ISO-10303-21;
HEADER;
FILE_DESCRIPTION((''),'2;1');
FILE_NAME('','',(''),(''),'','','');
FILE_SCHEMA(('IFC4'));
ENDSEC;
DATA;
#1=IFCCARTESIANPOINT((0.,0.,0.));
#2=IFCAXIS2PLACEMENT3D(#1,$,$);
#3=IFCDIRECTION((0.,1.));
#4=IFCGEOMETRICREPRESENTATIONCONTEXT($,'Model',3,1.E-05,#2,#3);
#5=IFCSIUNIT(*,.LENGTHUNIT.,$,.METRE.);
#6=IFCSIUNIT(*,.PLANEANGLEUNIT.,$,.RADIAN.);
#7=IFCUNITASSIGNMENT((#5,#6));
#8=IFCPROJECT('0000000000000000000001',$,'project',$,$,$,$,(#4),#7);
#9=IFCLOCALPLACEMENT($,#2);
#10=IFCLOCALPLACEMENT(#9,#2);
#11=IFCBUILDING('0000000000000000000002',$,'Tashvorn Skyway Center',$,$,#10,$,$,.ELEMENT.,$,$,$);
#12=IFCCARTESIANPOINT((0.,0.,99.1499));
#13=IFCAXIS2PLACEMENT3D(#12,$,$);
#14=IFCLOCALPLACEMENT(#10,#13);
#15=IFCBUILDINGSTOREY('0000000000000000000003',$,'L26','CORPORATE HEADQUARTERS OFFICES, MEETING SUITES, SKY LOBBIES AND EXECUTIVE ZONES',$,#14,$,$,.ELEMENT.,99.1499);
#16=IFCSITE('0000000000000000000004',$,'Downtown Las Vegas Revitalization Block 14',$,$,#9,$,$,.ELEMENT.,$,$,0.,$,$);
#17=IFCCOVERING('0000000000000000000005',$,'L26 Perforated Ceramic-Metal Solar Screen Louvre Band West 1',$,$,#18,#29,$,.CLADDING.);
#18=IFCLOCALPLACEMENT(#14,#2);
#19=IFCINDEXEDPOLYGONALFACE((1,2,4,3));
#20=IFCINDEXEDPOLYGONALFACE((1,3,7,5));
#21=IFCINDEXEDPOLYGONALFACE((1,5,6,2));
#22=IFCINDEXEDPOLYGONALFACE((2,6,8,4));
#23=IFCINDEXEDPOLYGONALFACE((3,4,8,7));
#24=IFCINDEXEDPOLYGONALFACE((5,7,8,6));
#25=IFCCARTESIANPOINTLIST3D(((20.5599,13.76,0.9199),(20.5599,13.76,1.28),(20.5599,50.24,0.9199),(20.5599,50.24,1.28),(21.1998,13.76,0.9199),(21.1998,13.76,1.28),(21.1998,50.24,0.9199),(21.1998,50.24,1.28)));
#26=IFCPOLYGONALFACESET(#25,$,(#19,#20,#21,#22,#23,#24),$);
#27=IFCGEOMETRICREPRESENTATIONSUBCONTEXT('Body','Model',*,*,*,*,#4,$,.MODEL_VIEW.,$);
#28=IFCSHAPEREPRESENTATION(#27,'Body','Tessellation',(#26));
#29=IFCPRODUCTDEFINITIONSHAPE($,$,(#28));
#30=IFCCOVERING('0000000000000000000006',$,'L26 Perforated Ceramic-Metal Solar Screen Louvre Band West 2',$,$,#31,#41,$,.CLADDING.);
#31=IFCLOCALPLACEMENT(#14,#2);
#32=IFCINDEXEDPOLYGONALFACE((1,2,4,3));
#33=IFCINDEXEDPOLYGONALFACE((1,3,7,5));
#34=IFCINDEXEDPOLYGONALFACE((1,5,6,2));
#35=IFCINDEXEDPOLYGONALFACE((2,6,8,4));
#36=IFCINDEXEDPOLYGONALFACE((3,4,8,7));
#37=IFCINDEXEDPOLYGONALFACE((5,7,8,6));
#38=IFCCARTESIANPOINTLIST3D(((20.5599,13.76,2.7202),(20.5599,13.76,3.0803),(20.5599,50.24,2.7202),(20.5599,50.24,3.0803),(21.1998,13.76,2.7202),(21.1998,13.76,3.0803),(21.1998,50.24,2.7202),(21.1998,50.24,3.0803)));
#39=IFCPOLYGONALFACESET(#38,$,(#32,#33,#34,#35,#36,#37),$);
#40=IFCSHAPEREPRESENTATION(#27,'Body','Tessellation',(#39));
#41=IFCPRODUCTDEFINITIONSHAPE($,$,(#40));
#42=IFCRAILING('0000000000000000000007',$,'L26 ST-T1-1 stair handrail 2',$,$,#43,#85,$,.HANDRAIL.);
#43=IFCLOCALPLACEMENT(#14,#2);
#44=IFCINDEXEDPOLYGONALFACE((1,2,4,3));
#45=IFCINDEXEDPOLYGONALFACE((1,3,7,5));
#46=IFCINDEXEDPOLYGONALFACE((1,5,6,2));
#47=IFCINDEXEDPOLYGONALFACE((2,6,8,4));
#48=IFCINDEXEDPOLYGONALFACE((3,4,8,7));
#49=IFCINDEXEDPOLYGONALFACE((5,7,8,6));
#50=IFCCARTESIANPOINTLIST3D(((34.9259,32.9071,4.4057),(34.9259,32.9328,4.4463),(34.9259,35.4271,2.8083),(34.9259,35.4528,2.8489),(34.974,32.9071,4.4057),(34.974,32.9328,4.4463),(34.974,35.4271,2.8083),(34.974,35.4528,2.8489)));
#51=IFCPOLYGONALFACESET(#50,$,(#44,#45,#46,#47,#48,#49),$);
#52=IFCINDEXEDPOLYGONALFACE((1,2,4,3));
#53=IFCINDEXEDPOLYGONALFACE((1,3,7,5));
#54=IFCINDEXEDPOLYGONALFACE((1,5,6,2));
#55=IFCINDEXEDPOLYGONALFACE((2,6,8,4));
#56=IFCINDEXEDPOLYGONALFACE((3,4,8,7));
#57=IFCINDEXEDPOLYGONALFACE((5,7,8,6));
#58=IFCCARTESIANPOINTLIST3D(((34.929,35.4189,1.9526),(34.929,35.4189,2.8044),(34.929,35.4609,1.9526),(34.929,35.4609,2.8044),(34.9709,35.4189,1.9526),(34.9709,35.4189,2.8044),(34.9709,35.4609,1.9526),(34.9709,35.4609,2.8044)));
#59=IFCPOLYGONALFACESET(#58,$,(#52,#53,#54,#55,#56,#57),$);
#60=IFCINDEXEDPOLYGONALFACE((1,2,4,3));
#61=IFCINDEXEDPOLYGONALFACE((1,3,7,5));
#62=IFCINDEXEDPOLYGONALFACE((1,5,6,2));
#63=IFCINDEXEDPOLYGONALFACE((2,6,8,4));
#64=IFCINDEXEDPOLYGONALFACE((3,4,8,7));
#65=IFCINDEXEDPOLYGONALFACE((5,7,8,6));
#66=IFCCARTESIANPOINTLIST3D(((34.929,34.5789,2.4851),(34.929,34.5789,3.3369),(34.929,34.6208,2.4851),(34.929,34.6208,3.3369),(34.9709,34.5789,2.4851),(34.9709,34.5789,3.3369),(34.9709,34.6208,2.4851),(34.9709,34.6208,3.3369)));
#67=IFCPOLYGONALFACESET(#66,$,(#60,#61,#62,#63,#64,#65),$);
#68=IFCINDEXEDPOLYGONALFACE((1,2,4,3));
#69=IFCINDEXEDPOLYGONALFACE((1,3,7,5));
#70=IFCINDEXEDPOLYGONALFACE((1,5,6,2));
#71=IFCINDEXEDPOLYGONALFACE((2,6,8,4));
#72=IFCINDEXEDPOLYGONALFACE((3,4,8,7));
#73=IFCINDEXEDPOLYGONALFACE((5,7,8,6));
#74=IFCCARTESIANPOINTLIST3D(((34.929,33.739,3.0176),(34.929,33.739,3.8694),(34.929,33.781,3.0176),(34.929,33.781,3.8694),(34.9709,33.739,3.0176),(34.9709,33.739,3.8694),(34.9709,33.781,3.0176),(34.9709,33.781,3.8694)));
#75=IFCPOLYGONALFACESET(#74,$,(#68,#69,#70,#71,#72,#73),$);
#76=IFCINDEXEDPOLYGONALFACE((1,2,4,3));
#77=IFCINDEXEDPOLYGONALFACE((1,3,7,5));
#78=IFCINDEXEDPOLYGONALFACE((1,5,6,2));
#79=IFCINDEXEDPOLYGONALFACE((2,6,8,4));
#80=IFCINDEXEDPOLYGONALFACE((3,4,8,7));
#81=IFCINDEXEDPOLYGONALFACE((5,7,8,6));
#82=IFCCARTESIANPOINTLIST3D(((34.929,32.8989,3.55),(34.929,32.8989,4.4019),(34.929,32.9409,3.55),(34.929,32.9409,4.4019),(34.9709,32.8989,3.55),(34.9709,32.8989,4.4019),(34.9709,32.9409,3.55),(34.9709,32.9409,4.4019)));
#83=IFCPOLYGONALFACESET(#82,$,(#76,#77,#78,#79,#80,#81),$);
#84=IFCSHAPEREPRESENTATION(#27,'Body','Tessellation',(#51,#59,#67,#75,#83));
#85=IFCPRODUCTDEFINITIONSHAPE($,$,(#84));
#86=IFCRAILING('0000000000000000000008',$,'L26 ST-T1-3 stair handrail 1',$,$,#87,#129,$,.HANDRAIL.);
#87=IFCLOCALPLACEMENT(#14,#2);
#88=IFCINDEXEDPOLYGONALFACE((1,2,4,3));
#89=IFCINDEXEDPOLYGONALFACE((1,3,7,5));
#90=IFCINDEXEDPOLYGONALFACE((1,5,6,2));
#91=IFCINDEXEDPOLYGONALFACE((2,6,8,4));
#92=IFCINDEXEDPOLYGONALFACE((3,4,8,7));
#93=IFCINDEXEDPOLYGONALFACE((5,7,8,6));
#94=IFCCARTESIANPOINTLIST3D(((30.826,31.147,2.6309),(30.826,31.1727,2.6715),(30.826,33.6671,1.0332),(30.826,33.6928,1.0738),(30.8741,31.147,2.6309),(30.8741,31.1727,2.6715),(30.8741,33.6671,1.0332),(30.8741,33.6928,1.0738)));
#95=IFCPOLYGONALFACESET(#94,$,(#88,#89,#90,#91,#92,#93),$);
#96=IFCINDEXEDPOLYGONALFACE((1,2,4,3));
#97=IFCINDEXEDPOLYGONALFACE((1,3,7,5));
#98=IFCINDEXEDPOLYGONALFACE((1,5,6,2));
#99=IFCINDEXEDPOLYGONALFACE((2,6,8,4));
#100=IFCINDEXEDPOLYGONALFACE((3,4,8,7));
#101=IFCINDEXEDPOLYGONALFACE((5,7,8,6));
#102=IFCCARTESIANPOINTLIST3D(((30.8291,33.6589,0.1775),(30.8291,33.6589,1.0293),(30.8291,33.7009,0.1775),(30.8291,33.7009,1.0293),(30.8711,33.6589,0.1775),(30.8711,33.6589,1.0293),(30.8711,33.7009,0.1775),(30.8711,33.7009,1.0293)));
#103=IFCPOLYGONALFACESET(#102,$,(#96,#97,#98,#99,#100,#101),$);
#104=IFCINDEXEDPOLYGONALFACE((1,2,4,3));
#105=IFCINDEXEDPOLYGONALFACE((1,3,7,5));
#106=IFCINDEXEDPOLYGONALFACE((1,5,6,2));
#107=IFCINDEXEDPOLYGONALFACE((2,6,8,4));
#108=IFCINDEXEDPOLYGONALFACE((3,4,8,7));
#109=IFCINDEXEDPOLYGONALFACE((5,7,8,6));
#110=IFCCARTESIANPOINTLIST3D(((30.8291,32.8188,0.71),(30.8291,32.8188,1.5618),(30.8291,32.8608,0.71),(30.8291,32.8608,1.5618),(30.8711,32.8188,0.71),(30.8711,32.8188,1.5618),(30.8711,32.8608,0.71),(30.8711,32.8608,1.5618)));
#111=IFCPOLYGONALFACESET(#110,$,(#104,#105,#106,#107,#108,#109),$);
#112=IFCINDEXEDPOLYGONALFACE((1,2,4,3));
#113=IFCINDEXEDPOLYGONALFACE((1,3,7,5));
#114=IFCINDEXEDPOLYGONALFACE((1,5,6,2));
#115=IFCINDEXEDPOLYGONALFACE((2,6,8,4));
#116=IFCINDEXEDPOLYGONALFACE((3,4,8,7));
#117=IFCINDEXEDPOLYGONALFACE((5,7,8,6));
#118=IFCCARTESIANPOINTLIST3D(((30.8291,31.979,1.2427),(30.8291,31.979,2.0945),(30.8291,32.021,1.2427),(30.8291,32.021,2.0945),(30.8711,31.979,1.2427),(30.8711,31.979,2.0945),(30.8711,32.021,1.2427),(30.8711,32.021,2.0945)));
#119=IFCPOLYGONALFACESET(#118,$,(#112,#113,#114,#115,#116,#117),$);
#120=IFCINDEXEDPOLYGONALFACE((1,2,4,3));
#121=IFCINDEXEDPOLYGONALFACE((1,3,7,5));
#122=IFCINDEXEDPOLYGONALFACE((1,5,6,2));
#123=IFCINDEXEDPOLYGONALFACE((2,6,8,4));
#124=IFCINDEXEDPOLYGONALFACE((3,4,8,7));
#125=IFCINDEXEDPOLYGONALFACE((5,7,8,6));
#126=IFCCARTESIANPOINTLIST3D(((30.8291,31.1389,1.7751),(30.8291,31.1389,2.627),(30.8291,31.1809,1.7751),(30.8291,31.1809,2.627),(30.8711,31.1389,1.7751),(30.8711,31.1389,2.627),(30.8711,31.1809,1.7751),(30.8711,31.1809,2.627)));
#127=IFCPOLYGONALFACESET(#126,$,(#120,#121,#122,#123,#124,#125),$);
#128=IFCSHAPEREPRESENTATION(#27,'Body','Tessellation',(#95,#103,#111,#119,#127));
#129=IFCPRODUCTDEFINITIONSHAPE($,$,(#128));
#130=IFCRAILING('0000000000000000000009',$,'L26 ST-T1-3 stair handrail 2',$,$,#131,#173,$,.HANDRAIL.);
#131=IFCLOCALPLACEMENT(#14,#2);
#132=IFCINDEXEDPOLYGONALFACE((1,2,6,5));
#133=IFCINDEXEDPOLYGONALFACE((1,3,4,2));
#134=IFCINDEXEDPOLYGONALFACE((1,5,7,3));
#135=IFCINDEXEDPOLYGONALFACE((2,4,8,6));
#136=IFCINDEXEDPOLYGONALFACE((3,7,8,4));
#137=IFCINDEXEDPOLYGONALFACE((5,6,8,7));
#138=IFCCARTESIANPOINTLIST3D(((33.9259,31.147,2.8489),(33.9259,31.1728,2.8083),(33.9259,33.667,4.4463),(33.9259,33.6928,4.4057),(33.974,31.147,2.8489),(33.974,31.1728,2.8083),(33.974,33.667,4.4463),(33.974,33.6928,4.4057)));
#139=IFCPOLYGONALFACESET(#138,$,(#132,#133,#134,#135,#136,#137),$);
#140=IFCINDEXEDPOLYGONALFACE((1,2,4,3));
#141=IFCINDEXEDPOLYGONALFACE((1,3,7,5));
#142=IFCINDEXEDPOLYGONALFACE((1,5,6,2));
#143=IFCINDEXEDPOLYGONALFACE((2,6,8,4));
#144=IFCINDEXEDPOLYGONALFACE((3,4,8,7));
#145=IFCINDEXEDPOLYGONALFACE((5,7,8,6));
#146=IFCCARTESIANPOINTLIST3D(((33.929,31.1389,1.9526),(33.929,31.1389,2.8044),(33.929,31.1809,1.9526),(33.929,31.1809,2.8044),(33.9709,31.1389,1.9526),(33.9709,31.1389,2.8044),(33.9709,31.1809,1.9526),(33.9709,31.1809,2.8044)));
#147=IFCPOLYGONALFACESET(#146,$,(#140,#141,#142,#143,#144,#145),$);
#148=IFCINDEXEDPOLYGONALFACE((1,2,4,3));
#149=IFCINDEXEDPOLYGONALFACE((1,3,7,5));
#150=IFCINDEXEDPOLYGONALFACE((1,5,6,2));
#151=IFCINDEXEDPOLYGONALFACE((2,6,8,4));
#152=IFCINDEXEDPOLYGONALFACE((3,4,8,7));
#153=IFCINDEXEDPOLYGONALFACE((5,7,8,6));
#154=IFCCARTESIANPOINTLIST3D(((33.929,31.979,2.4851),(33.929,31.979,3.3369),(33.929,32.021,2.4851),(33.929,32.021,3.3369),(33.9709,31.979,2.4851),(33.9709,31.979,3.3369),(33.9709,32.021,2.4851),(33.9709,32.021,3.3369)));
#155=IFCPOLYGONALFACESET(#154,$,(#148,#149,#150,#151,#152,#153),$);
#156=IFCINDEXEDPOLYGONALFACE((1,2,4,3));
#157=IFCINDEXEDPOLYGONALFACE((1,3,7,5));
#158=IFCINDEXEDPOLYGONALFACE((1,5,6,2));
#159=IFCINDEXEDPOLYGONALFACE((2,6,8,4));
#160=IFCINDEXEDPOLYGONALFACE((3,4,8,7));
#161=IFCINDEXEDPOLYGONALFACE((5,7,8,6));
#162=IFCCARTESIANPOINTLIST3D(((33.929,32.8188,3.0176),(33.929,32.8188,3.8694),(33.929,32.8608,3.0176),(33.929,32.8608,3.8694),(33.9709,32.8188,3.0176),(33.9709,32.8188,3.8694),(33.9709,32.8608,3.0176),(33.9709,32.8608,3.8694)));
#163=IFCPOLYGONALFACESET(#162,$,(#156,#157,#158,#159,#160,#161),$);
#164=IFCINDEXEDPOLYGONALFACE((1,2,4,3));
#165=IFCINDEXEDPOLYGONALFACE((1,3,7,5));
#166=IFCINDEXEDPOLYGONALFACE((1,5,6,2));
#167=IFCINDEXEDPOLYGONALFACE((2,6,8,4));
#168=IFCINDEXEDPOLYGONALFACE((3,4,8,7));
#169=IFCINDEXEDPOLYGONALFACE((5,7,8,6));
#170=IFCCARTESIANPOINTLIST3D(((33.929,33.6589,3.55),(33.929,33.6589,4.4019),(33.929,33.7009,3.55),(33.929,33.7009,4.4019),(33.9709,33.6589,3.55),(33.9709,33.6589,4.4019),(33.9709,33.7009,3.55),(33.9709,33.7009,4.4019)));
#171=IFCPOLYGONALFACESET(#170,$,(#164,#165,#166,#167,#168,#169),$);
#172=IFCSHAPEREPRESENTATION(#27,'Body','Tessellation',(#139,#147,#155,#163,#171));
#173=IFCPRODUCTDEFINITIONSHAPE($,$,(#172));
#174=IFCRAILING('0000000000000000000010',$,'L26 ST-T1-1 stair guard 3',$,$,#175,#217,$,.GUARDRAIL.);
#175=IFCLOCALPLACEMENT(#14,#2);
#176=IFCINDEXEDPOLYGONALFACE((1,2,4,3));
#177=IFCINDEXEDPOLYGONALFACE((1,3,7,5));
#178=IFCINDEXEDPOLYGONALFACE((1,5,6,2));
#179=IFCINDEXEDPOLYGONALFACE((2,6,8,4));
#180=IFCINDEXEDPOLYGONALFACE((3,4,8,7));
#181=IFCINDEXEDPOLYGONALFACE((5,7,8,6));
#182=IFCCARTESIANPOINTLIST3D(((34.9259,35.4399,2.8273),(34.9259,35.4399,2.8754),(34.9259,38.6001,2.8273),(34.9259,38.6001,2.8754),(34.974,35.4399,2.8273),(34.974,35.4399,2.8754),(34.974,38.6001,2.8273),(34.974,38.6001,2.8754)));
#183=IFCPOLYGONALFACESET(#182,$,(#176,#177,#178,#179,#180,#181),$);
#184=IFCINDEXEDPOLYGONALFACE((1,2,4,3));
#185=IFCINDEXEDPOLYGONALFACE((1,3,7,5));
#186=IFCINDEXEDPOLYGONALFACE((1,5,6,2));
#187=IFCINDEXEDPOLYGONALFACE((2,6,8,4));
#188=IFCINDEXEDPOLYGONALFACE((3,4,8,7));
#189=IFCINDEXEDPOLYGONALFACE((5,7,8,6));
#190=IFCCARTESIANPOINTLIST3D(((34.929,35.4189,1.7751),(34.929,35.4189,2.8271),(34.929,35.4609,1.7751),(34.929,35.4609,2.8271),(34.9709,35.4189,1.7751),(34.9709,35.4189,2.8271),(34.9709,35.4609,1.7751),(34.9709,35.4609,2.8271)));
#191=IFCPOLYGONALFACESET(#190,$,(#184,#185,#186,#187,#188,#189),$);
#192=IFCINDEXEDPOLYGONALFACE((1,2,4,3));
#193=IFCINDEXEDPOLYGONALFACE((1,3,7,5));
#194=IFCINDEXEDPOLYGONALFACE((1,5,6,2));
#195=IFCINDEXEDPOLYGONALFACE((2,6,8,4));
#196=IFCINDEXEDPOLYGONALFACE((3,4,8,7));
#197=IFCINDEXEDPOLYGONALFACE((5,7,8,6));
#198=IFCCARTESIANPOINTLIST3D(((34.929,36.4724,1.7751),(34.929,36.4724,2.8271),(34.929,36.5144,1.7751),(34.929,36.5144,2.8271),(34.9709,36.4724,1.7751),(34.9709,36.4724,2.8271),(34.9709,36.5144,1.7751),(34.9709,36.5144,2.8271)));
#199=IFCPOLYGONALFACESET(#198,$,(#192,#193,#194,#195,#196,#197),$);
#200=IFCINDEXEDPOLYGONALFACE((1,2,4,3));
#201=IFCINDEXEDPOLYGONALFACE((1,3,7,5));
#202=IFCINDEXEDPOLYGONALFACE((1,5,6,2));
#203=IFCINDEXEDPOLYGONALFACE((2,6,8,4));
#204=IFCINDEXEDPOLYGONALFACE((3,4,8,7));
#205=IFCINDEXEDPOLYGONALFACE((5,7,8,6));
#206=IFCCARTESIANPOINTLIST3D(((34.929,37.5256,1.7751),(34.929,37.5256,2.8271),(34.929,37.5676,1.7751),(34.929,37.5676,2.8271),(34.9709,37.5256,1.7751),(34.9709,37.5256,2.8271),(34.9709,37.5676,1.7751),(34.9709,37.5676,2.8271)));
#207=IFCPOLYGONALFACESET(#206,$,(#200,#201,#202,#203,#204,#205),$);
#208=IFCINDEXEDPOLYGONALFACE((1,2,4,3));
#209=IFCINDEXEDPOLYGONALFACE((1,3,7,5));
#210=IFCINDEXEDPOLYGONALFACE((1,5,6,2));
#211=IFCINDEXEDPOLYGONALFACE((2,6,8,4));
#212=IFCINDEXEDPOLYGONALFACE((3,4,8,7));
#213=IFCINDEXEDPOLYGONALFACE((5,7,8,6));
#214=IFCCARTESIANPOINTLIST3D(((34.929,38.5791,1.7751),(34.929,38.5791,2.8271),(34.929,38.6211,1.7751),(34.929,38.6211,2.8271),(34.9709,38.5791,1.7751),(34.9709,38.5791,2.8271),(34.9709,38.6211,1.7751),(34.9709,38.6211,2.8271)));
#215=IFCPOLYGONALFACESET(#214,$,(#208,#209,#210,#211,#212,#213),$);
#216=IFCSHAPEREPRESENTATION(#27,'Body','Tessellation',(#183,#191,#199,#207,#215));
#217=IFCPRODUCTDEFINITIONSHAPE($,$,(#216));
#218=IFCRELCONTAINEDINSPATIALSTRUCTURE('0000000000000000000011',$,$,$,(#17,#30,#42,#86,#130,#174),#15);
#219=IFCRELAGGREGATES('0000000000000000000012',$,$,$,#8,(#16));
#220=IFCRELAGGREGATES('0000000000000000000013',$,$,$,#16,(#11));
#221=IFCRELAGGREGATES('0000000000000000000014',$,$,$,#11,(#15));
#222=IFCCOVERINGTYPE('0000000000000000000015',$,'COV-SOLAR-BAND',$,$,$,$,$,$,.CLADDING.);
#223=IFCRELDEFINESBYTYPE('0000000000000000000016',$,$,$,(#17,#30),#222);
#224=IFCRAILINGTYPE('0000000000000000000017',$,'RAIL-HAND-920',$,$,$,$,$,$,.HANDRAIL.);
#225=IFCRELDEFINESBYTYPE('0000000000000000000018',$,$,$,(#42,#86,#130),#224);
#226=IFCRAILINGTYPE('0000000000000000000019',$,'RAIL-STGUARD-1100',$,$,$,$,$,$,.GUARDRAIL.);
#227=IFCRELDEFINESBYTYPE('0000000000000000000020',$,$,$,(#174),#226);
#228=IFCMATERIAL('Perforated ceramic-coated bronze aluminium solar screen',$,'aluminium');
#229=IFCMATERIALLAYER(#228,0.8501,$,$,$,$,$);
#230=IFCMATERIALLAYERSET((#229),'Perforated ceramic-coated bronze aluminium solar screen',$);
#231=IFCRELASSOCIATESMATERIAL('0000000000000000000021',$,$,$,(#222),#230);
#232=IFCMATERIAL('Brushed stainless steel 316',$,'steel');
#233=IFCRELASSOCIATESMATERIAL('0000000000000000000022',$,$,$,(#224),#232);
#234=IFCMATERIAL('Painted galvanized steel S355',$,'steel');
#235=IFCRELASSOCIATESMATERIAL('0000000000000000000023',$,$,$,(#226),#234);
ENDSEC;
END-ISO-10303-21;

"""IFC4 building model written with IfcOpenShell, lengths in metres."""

from ifc_helpers import new_model, si_unit, direction, frame, origin, origin_2d, place, context, subcontext, project, spatial, rectangle, extrude, material, layer, layer_set, type_object, element, save


model = new_model("IFC4")

# Units and contexts
model_context = context("Model", 3, precision=1e-05, world=origin(), true_north=direction((0.0, 1.0)))
body_context = subcontext(model_context, "Body", "Model", "MODEL_VIEW")
ifc_project = project(units=[si_unit("LENGTHUNIT", "METRE"), si_unit("PLANEANGLEUNIT", "RADIAN")], contexts=[model_context])

# Site, building, storey
site_placement = place(None, origin())
site = spatial("IfcSite", under=ifc_project, at=site_placement, Name="Downtown Las Vegas Revitalization Block 14", CompositionType="ELEMENT", RefElevation=0.0)
building_placement = place(site_placement, origin())
building = spatial("IfcBuilding", under=site, at=building_placement, Name="Tashvorn Skyway Center", CompositionType="ELEMENT")
storey_placement = place(building_placement, frame((0.0, 0.0, 99.1499)))
storey = spatial("IfcBuildingStorey", under=building, at=storey_placement, Name="L26", Description="CORPORATE HEADQUARTERS OFFICES, MEETING SUITES, SKY LOBBIES AND EXECUTIVE ZONES", CompositionType="ELEMENT", Elevation=99.1499)

# Coverings
ifc_material_1 = material(Name="Perforated ceramic-coated bronze aluminium solar screen", Category="aluminium")
ifc_layer_1 = layer(ifc_material_1, 0.8501)
ifc_layer_set_1 = layer_set([ifc_layer_1], Name="Perforated ceramic-coated bronze aluminium solar screen")
covering_type_1 = type_object("IfcCoveringType", Name="COV-SOLAR-BAND", PredefinedType="CLADDING", material=ifc_layer_set_1)
for number, where, z_axis, x_axis, name in (
    (1, (20.8799, 32.0, 0.9199), (0.0, 0.0, 1.0), (0.0, 1.0, 0.0), "L26 Perforated Ceramic-Metal Solar Screen Louvre Band West 1"),
    (2, (20.8799, 32.0, 2.7202), (0.0, 0.0, 1.0), (0.0, 1.0, 0.0), "L26 Perforated Ceramic-Metal Solar Screen Louvre Band West 2"),
):
    element("IfcCovering", number, at=place(storey_placement, frame(where, z_axis=z_axis, x_axis=x_axis)), inside=storey, type_object=covering_type_1, Name=name, PredefinedType="CLADDING", context=body_context, shape_type="SweptSolid", body=[
        extrude(rectangle(XDim=36.48, YDim=0.6399, at=origin_2d()), origin(), (0.0, 0.0, 1.0), 0.3601),
    ])

# Railings
ifc_material_2 = material(Name="Brushed stainless steel 316", Category="steel")
railing_type_1 = type_object("IfcRailingType", Name="RAIL-HAND-920", PredefinedType="HANDRAIL", material=ifc_material_2)
railing_1_placement = place(storey_placement, frame((34.95, 35.4399, 1.9526)))
element("IfcRailing", 3, at=railing_1_placement, inside=storey, type_object=railing_type_1, Name="L26 ST-T1-1 stair handrail 2", PredefinedType="HANDRAIL", context=body_context, shape_type="SweptSolid", body=[
    extrude(rectangle(XDim=0.0481, YDim=0.0481, at=origin_2d()), frame((0.0, 0.0, 0.876), z_axis=(0.0, -0.844607, 0.535387), x_axis=(1.0, 0.0, 0.0)), (0.0, 0.0, 1.0), 2.9836),
    extrude(rectangle(XDim=0.042, YDim=0.042, at=origin_2d()), origin(), (0.0, 0.0, 1.0), 0.8518),
    extrude(rectangle(XDim=0.042, YDim=0.042, at=origin_2d()), frame((0.0, -0.8401, 0.5325)), (0.0, 0.0, 1.0), 0.8518),
    extrude(rectangle(XDim=0.042, YDim=0.042, at=origin_2d()), frame((0.0, -1.6799, 1.0649)), (0.0, 0.0, 1.0), 0.8518),
    extrude(rectangle(XDim=0.042, YDim=0.042, at=origin_2d()), frame((0.0, -2.52, 1.5974)), (0.0, 0.0, 1.0), 0.8518),
])
railing_2_placement = place(storey_placement, frame((30.8501, 33.6799, 0.1775)))
element("IfcRailing", 4, at=railing_2_placement, inside=storey, type_object=railing_type_1, Name="L26 ST-T1-3 stair handrail 1", PredefinedType="HANDRAIL", context=body_context, shape_type="SweptSolid", body=[
    extrude(rectangle(XDim=0.0481, YDim=0.0481, at=origin_2d()), frame((0.0, 0.0, 0.876), z_axis=(0.0, -0.84457, 0.535445), x_axis=(1.0, 0.0, 0.0)), (0.0, 0.0, 1.0), 2.9839),
    extrude(rectangle(XDim=0.042, YDim=0.042, at=origin_2d()), origin(), (0.0, 0.0, 1.0), 0.8518),
    extrude(rectangle(XDim=0.042, YDim=0.042, at=origin_2d()), frame((0.0, -0.8401, 0.5325)), (0.0, 0.0, 1.0), 0.8518),
    extrude(rectangle(XDim=0.042, YDim=0.042, at=origin_2d()), frame((0.0, -1.6799, 1.0652)), (0.0, 0.0, 1.0), 0.8518),
    extrude(rectangle(XDim=0.042, YDim=0.042, at=origin_2d()), frame((0.0, -2.52, 1.5977)), (0.0, 0.0, 1.0), 0.8518),
])
railing_3_placement = place(storey_placement, frame((33.95, 31.1599, 1.9526)))
element("IfcRailing", 5, at=railing_3_placement, inside=storey, type_object=railing_type_1, Name="L26 ST-T1-3 stair handrail 2", PredefinedType="HANDRAIL", context=body_context, shape_type="SweptSolid", body=[
    extrude(rectangle(XDim=0.0481, YDim=0.0481, at=origin_2d()), frame((0.0, 0.0, 0.876), z_axis=(0.0, 0.844607, 0.535387), x_axis=(-1.0, 0.0, 0.0)), (0.0, 0.0, 1.0), 2.9836),
    extrude(rectangle(XDim=0.042, YDim=0.042, at=origin_2d()), origin(), (0.0, 0.0, 1.0), 0.8518),
    extrude(rectangle(XDim=0.042, YDim=0.042, at=origin_2d()), frame((0.0, 0.8401, 0.5325)), (0.0, 0.0, 1.0), 0.8518),
    extrude(rectangle(XDim=0.042, YDim=0.042, at=origin_2d()), frame((0.0, 1.6799, 1.0649)), (0.0, 0.0, 1.0), 0.8518),
    extrude(rectangle(XDim=0.042, YDim=0.042, at=origin_2d()), frame((0.0, 2.52, 1.5974)), (0.0, 0.0, 1.0), 0.8518),
])
ifc_material_3 = material(Name="Painted galvanized steel S355", Category="steel")
railing_type_2 = type_object("IfcRailingType", Name="RAIL-STGUARD-1100", PredefinedType="GUARDRAIL", material=ifc_material_3)
railing_4_placement = place(storey_placement, frame((34.95, 35.4399, 1.7751)))
element("IfcRailing", 6, at=railing_4_placement, inside=storey, type_object=railing_type_2, Name="L26 ST-T1-1 stair guard 3", PredefinedType="GUARDRAIL", context=body_context, shape_type="SweptSolid", body=[
    extrude(rectangle(XDim=0.0481, YDim=0.0481, at=origin_2d()), frame((0.0, 0.0, 1.0762), z_axis=(0.0, 1.0, 0.0), x_axis=(-1.0, 0.0, 0.0)), (0.0, 0.0, 1.0), 3.1602),
    extrude(rectangle(XDim=0.042, YDim=0.042, at=origin_2d()), origin(), (0.0, 0.0, 1.0), 1.052),
    extrude(rectangle(XDim=0.042, YDim=0.042, at=origin_2d()), frame((0.0, 1.0535, 0.0)), (0.0, 0.0, 1.0), 1.052),
    extrude(rectangle(XDim=0.042, YDim=0.042, at=origin_2d()), frame((0.0, 2.1067, 0.0)), (0.0, 0.0, 1.0), 1.052),
    extrude(rectangle(XDim=0.042, YDim=0.042, at=origin_2d()), frame((0.0, 3.1602, 0.0)), (0.0, 0.0, 1.0), 1.052),
])

save(model, "model.ifc")
